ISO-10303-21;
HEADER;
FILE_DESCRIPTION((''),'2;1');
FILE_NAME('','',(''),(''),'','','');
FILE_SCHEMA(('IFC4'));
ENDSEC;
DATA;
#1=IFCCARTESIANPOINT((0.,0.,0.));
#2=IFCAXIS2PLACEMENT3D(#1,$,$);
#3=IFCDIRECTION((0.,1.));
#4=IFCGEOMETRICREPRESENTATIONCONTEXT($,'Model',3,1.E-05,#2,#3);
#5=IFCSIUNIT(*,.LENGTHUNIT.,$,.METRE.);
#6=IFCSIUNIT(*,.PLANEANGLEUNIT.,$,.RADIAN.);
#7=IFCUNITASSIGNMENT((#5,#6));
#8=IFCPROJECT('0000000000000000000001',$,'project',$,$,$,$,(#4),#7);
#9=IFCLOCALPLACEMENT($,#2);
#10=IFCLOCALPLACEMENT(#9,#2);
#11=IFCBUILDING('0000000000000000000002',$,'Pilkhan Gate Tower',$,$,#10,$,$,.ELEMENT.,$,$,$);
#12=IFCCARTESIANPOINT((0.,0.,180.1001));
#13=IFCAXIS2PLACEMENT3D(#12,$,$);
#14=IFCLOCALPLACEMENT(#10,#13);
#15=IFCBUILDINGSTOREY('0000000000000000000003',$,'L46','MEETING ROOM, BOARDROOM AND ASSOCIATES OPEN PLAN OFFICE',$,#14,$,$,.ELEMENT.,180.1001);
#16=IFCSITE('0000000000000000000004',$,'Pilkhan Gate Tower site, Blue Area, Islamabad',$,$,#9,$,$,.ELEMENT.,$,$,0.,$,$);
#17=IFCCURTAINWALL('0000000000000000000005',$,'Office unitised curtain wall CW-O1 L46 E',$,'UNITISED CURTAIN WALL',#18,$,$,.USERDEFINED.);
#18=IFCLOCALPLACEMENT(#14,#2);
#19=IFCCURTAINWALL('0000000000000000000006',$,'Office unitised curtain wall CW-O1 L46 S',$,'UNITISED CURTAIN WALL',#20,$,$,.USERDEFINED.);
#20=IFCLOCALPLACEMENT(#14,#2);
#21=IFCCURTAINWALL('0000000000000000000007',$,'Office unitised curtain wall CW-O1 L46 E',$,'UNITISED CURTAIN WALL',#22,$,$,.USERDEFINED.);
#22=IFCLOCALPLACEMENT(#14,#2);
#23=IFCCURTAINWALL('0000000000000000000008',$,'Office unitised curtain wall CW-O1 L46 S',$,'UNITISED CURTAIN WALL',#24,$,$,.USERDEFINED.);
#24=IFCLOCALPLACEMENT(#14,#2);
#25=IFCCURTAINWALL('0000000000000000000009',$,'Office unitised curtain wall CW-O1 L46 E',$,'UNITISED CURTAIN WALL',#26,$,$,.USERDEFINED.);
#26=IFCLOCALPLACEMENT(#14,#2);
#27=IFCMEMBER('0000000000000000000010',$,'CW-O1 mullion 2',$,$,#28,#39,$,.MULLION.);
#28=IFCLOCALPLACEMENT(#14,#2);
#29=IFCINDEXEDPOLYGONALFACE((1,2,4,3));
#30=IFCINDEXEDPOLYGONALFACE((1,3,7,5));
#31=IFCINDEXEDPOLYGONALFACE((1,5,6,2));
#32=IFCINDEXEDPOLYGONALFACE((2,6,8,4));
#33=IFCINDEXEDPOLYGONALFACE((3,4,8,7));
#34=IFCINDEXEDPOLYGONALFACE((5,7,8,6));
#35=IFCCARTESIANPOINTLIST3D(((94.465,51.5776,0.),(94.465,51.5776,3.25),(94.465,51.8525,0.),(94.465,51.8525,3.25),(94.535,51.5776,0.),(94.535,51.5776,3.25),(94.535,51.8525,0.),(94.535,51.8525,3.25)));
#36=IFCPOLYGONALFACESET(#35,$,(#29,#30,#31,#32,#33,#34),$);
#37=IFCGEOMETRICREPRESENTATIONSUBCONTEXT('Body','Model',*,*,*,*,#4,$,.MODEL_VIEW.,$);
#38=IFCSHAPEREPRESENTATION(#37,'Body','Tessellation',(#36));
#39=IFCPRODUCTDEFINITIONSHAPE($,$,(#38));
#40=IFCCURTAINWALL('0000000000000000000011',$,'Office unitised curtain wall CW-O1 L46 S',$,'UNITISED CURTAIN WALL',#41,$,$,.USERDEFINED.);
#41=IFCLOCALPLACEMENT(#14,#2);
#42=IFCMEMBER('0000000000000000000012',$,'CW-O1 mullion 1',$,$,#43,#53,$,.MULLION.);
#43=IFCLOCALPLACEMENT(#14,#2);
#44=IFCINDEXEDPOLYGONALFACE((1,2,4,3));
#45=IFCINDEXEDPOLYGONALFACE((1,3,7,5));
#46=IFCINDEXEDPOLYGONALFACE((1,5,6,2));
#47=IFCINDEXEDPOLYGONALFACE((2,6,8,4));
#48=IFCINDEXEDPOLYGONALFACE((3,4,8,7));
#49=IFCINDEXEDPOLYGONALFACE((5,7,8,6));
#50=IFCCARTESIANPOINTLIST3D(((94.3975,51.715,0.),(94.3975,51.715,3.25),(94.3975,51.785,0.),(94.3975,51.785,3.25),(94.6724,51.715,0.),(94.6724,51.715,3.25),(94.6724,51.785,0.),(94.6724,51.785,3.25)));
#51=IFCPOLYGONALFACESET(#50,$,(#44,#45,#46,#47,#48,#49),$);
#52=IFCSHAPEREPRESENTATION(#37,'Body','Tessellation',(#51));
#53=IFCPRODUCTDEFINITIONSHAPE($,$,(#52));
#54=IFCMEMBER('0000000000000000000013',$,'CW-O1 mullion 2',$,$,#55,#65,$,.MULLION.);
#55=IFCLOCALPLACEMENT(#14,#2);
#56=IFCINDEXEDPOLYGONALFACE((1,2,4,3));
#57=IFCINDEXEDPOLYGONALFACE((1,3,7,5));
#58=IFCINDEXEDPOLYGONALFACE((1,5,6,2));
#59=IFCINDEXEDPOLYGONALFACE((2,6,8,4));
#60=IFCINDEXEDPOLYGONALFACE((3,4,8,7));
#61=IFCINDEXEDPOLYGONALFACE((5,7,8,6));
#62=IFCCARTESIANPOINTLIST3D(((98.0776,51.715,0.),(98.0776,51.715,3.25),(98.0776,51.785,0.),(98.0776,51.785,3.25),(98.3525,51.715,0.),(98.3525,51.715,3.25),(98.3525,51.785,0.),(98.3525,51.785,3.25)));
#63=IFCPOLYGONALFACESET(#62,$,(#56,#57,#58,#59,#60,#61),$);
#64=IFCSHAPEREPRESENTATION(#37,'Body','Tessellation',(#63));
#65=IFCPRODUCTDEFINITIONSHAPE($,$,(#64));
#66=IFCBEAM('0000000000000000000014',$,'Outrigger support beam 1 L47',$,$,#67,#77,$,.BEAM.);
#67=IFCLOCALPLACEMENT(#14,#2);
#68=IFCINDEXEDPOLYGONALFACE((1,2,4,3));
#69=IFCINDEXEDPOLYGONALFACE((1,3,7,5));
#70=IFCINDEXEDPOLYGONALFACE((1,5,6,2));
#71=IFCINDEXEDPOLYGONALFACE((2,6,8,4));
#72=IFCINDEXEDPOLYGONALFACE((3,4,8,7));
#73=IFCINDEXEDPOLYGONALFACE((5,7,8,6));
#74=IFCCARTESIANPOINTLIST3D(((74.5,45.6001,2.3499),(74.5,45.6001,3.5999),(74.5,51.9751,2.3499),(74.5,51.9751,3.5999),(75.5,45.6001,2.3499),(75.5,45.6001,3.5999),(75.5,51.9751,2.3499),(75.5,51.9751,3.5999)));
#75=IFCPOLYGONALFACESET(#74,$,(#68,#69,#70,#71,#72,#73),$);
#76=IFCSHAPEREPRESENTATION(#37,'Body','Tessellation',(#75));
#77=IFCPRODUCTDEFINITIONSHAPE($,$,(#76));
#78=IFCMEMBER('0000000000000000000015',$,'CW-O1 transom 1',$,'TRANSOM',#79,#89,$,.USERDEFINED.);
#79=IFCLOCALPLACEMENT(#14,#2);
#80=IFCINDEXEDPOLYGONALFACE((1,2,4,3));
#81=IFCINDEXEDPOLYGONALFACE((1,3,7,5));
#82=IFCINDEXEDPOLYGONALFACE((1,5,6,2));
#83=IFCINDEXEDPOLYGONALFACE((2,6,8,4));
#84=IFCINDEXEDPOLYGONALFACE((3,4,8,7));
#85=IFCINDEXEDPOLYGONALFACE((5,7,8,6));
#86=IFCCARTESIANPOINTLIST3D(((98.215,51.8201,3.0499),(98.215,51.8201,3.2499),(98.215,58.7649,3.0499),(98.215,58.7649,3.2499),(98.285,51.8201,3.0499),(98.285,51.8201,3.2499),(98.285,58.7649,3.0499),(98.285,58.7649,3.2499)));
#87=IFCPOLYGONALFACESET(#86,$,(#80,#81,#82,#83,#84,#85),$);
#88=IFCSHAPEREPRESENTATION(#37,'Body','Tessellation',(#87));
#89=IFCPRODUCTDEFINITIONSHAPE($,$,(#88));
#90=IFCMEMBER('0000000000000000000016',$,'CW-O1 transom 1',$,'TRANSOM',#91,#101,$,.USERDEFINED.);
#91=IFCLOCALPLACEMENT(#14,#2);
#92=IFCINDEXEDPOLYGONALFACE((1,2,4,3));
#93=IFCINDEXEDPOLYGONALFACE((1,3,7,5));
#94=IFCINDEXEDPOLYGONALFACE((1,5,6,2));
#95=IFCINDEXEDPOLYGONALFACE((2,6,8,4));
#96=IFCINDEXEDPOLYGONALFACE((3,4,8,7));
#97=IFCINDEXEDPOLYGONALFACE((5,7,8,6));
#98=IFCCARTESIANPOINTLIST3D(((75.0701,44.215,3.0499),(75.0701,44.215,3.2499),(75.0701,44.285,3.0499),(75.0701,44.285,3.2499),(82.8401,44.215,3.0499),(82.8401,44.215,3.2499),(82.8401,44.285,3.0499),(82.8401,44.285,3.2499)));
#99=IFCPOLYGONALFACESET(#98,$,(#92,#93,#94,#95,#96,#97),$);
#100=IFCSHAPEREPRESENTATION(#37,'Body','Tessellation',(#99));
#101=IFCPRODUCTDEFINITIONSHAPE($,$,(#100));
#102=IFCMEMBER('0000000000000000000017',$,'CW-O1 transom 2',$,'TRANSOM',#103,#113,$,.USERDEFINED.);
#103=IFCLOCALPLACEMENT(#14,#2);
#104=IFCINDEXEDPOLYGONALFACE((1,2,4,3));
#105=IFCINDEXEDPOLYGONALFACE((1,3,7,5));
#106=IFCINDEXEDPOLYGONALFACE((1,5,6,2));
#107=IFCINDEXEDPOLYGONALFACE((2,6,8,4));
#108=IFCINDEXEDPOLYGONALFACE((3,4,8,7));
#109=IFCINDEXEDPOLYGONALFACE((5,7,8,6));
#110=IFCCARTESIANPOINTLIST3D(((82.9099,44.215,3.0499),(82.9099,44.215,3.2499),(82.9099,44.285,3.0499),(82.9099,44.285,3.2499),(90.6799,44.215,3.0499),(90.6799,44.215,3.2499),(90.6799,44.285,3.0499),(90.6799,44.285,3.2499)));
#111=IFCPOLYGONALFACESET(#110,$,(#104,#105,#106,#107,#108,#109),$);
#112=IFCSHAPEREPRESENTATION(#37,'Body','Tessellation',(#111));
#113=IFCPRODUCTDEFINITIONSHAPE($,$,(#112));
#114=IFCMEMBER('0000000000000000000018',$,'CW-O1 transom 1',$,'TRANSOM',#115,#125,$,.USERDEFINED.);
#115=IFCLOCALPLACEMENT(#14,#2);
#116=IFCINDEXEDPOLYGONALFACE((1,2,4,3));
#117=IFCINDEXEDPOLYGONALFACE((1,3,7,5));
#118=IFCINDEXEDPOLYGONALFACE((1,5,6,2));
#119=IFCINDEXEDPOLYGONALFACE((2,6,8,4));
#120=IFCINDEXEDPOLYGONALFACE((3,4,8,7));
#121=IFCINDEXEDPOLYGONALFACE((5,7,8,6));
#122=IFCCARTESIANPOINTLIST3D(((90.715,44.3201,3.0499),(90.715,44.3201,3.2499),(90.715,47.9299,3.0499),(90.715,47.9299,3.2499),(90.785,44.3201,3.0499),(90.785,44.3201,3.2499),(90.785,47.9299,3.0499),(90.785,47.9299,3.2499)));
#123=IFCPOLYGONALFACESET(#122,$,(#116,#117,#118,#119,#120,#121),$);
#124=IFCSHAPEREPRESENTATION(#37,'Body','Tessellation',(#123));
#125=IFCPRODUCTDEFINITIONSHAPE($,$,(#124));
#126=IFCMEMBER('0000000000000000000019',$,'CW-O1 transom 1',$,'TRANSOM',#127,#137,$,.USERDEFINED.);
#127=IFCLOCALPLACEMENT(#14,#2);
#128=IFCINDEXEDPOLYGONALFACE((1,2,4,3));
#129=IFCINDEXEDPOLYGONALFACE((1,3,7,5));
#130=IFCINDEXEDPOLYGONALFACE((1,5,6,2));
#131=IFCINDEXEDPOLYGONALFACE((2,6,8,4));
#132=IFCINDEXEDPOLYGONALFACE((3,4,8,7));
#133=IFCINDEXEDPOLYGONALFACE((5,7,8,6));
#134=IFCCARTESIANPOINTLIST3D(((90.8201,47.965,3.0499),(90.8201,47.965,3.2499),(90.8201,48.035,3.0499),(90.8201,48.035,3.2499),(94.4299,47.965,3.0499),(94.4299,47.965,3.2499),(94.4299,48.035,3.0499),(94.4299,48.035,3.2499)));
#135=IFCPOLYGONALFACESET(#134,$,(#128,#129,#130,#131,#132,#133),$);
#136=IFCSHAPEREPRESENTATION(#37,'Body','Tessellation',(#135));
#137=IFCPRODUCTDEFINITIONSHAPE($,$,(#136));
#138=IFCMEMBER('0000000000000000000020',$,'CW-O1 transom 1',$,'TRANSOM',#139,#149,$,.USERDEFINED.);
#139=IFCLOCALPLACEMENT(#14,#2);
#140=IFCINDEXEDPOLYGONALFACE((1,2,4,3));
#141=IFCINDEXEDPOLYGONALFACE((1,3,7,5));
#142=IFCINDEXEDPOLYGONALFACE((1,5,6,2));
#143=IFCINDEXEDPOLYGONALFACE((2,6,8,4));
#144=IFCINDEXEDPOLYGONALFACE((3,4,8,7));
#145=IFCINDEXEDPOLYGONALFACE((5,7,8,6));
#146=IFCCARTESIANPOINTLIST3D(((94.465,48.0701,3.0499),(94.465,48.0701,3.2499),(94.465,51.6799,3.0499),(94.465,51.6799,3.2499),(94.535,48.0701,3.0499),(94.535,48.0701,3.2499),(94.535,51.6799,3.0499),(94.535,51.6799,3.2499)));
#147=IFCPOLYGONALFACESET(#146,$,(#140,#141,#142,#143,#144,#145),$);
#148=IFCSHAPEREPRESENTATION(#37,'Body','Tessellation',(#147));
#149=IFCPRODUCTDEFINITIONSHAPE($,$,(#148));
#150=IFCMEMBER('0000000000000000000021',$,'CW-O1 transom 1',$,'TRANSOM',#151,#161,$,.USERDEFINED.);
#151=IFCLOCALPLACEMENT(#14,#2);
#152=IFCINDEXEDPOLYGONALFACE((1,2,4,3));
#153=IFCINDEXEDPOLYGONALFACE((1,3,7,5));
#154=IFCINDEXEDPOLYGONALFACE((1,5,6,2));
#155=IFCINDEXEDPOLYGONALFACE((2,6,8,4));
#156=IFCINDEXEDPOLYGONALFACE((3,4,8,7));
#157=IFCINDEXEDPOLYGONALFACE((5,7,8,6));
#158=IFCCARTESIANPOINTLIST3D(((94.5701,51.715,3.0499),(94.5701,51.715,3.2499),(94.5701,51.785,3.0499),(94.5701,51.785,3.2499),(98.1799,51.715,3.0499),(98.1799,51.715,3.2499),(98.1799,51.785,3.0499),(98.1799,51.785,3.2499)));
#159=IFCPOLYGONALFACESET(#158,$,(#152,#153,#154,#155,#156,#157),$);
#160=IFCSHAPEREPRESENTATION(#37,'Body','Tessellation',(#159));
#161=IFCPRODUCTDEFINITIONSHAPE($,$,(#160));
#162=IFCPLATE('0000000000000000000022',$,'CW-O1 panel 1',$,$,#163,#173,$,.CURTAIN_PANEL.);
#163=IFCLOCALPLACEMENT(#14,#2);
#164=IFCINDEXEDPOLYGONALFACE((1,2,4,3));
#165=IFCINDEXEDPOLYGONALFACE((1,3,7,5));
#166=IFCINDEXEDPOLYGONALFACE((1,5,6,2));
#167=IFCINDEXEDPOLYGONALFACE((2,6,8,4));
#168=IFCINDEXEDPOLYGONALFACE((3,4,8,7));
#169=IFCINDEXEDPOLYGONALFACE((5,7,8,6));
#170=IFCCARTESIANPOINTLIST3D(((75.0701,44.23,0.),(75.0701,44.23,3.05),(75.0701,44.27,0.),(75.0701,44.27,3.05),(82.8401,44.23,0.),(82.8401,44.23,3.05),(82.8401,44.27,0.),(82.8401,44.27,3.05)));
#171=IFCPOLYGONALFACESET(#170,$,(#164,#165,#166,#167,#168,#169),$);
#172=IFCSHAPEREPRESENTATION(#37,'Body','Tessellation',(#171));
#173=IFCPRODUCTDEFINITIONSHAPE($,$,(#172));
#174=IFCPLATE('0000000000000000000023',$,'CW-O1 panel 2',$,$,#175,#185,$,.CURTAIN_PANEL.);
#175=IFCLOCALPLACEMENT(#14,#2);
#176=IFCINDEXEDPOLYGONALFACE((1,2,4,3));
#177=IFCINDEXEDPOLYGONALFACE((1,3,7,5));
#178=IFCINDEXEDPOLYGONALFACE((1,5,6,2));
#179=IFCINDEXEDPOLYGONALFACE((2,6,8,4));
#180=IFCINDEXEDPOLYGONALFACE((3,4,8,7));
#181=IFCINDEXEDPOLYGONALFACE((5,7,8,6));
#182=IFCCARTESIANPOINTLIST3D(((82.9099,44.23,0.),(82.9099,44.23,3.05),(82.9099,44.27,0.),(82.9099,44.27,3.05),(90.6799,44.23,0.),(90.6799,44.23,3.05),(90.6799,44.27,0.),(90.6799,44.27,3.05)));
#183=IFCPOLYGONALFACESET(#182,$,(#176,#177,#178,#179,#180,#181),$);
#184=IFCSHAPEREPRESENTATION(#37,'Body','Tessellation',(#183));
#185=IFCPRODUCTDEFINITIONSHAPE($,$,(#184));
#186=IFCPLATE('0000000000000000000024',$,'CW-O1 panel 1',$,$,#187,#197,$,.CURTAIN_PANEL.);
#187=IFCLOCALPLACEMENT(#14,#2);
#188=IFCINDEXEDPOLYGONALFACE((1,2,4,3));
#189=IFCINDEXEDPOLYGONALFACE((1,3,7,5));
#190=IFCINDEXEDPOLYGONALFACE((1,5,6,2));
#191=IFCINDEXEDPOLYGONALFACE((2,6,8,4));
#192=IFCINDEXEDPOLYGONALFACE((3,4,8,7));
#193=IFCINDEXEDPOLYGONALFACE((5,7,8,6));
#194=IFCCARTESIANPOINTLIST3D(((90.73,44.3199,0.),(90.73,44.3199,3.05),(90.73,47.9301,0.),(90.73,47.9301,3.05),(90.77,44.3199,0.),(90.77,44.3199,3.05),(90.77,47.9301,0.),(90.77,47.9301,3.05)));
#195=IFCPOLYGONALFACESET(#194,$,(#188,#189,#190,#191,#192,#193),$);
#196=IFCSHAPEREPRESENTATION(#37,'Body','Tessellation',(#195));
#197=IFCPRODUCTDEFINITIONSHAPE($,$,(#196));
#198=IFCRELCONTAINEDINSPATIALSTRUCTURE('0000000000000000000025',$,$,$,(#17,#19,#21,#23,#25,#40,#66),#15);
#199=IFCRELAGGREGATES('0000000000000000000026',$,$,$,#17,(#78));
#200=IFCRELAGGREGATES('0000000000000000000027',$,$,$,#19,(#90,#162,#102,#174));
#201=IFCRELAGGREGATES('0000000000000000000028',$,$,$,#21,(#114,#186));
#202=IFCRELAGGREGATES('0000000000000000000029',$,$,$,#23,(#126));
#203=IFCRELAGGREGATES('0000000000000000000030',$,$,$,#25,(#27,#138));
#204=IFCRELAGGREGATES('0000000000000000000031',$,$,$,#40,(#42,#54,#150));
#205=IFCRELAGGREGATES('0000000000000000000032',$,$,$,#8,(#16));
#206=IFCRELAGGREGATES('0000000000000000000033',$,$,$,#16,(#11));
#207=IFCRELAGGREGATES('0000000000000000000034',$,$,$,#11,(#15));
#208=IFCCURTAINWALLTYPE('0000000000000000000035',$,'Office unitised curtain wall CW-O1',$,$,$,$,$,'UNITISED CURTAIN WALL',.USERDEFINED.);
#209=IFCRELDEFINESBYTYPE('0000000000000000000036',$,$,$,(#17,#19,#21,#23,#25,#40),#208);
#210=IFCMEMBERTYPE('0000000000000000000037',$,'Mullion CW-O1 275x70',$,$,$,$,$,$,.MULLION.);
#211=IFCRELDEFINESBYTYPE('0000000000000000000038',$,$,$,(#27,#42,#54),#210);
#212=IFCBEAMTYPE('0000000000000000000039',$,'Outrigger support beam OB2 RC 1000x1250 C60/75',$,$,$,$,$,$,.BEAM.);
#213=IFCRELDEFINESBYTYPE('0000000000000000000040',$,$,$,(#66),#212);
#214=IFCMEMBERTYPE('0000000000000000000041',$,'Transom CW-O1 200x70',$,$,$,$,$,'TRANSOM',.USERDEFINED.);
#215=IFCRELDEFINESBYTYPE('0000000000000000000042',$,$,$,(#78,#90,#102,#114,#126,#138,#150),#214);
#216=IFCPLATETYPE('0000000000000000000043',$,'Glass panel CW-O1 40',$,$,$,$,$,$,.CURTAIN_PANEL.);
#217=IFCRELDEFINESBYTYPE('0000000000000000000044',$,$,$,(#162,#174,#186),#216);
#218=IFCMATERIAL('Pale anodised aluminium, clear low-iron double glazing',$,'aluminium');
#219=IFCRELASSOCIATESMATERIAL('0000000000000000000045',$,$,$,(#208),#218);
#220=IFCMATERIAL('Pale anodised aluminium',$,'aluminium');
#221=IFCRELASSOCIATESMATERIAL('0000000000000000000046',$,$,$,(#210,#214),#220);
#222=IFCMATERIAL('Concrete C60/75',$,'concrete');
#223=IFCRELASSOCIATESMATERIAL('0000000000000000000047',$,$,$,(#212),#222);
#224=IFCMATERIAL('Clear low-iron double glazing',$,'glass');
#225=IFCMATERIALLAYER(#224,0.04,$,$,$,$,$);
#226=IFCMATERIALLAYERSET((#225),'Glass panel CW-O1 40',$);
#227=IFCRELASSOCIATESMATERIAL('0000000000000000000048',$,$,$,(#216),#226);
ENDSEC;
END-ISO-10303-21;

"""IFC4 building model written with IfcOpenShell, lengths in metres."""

from ifc_helpers import new_model, si_unit, direction, frame, origin, origin_2d, place, context, subcontext, project, spatial, rectangle, extrude, material, layer, layer_set, material_profile, profile_set, type_object, element, aggregate, save


model = new_model("IFC4")

# Units and contexts
model_context = context("Model", 3, precision=1e-05, world=origin(), true_north=direction((0.0, 1.0)))
body_context = subcontext(model_context, "Body", "Model", "MODEL_VIEW")
ifc_project = project(units=[si_unit("LENGTHUNIT", "METRE"), si_unit("PLANEANGLEUNIT", "RADIAN")], contexts=[model_context])

# Site, building, storey
site_placement = place(None, origin())
site = spatial("IfcSite", under=ifc_project, at=site_placement, Name="Pilkhan Gate Tower site, Blue Area, Islamabad", CompositionType="ELEMENT", RefElevation=0.0)
building_placement = place(site_placement, origin())
building = spatial("IfcBuilding", under=site, at=building_placement, Name="Pilkhan Gate Tower", CompositionType="ELEMENT")
storey_placement = place(building_placement, frame((0.0, 0.0, 180.1001)))
storey = spatial("IfcBuildingStorey", under=building, at=storey_placement, Name="L46", Description="MEETING ROOM, BOARDROOM AND ASSOCIATES OPEN PLAN OFFICE", CompositionType="ELEMENT", Elevation=180.1001)

# Shared definitions
ifc_material_1 = material(Name="Concrete C60/75", Category="concrete")

# Curtain wall
ifc_material_2 = material(Name="Pale anodised aluminium, clear low-iron double glazing", Category="aluminium")
curtain_wall_type = type_object("IfcCurtainWallType", Name="Office unitised curtain wall CW-O1", ElementType="UNITISED CURTAIN WALL", PredefinedType="USERDEFINED", material=ifc_material_2)
curtain_wall_1_placement = place(storey_placement, origin())
curtain_wall_1 = element("IfcCurtainWall", 1, at=curtain_wall_1_placement, inside=storey, type_object=curtain_wall_type, Name="Office unitised curtain wall CW-O1 L46 E", ObjectType="UNITISED CURTAIN WALL", PredefinedType="USERDEFINED")
ifc_material_3 = material(Name="Pale anodised aluminium", Category="aluminium")
ifc_material_profile_1 = material_profile(ifc_material_3, rectangle(XDim=0.0701, YDim=0.2749, at=origin_2d()), Name="Mullion 275x70")
ifc_profile_set_1 = profile_set([ifc_material_profile_1], Name="Pale anodised aluminium")
member_type_1 = type_object("IfcMemberType", Name="Mullion CW-O1 275x70", PredefinedType="MULLION", material=ifc_profile_set_1)

# Curtain walls, members
curtain_wall_2_placement = place(storey_placement, origin())
curtain_wall_2 = element("IfcCurtainWall", 2, at=curtain_wall_2_placement, inside=storey, type_object=curtain_wall_type, Name="Office unitised curtain wall CW-O1 L46 S", ObjectType="UNITISED CURTAIN WALL", PredefinedType="USERDEFINED")
curtain_wall_3_placement = place(storey_placement, origin())
curtain_wall_3 = element("IfcCurtainWall", 3, at=curtain_wall_3_placement, inside=storey, type_object=curtain_wall_type, Name="Office unitised curtain wall CW-O1 L46 E", ObjectType="UNITISED CURTAIN WALL", PredefinedType="USERDEFINED")
curtain_wall_4_placement = place(storey_placement, origin())
curtain_wall_4 = element("IfcCurtainWall", 4, at=curtain_wall_4_placement, inside=storey, type_object=curtain_wall_type, Name="Office unitised curtain wall CW-O1 L46 S", ObjectType="UNITISED CURTAIN WALL", PredefinedType="USERDEFINED")
curtain_wall_5_placement = place(storey_placement, origin())
curtain_wall_5 = element("IfcCurtainWall", 5, at=curtain_wall_5_placement, inside=storey, type_object=curtain_wall_type, Name="Office unitised curtain wall CW-O1 L46 E", ObjectType="UNITISED CURTAIN WALL", PredefinedType="USERDEFINED")
member_1_placement = place(storey_placement, frame((94.5, 51.7151, 0.0), z_axis=(0.0, 0.0, 1.0), x_axis=(-1.0, 0.0, 0.0)))
member_1 = element("IfcMember", 6, at=member_1_placement, type_object=member_type_1, Name="CW-O1 mullion 2", PredefinedType="MULLION", context=body_context, shape_type="SweptSolid", body=[
    extrude(rectangle(XDim=0.0701, YDim=0.2749, at=origin_2d()), origin(), (0.0, 0.0, 1.0), 3.25),
])
curtain_wall_6_placement = place(storey_placement, origin())
curtain_wall_6 = element("IfcCurtainWall", 7, at=curtain_wall_6_placement, inside=storey, type_object=curtain_wall_type, Name="Office unitised curtain wall CW-O1 L46 S", ObjectType="UNITISED CURTAIN WALL", PredefinedType="USERDEFINED")
member_2_placement = place(storey_placement, frame((94.5349, 51.75, 0.0), z_axis=(0.0, 0.0, 1.0), x_axis=(0.0, 1.0, 0.0)))
member_2 = element("IfcMember", 8, at=member_2_placement, type_object=member_type_1, Name="CW-O1 mullion 1", PredefinedType="MULLION", context=body_context, shape_type="SweptSolid", body=[
    extrude(rectangle(XDim=0.0701, YDim=0.2749, at=origin_2d()), origin(), (0.0, 0.0, 1.0), 3.25),
])
member_3_placement = place(storey_placement, frame((98.2151, 51.75, 0.0), z_axis=(0.0, 0.0, 1.0), x_axis=(0.0, 1.0, 0.0)))
member_3 = element("IfcMember", 9, at=member_3_placement, type_object=member_type_1, Name="CW-O1 mullion 2", PredefinedType="MULLION", context=body_context, shape_type="SweptSolid", body=[
    extrude(rectangle(XDim=0.0701, YDim=0.2749, at=origin_2d()), origin(), (0.0, 0.0, 1.0), 3.25),
])

# Beam
ifc_material_profile_2 = material_profile(ifc_material_1, rectangle(XDim=1.0, YDim=1.25, at=origin_2d()), Name="RC 1000x1250")
ifc_profile_set_2 = profile_set([ifc_material_profile_2], Name="Concrete C60/75")
beam_type = type_object("IfcBeamType", Name="Outrigger support beam OB2 RC 1000x1250 C60/75", PredefinedType="BEAM", material=ifc_profile_set_2)
beam_placement = place(storey_placement, frame((75.0, 45.6001, 2.9749), z_axis=(0.0, 1.0, 0.0), x_axis=(-1.0, 0.0, 0.0)))
element("IfcBeam", 10, at=beam_placement, inside=storey, type_object=beam_type, Name="Outrigger support beam 1 L47", PredefinedType="BEAM", context=body_context, shape_type="SweptSolid", body=[
    extrude(rectangle(XDim=1.0, YDim=1.25, at=origin_2d()), origin(), (0.0, 0.0, 1.0), 6.375),
])

# Members
ifc_material_profile_3 = material_profile(ifc_material_3, rectangle(XDim=0.0701, YDim=0.2, at=origin_2d()), Name="Transom 200x70")
ifc_profile_set_3 = profile_set([ifc_material_profile_3], Name="Pale anodised aluminium")
member_type_2 = type_object("IfcMemberType", Name="Transom CW-O1 200x70", ElementType="TRANSOM", PredefinedType="USERDEFINED", material=ifc_profile_set_3)
member_4_placement = place(storey_placement, frame((98.25, 51.8201, 3.1499), z_axis=(0.0, 1.0, 0.0), x_axis=(-1.0, 0.0, 0.0)))
member_4 = element("IfcMember", 11, at=member_4_placement, type_object=member_type_2, Name="CW-O1 transom 1", ObjectType="TRANSOM", PredefinedType="USERDEFINED", context=body_context, shape_type="SweptSolid", body=[
    extrude(rectangle(XDim=0.0701, YDim=0.2, at=origin_2d()), origin(), (0.0, 0.0, 1.0), 6.9448),
])
aggregate(curtain_wall_1, [member_4])
member_5_placement = place(storey_placement, frame((75.0701, 44.25, 3.1499), z_axis=(1.0, 0.0, 0.0), x_axis=(0.0, 1.0, 0.0)))
member_5 = element("IfcMember", 12, at=member_5_placement, type_object=member_type_2, Name="CW-O1 transom 1", ObjectType="TRANSOM", PredefinedType="USERDEFINED", context=body_context, shape_type="SweptSolid", body=[
    extrude(rectangle(XDim=0.0701, YDim=0.2, at=origin_2d()), origin(), (0.0, 0.0, 1.0), 7.77),
])
member_6_placement = place(storey_placement, frame((82.9099, 44.25, 3.1499), z_axis=(1.0, 0.0, 0.0), x_axis=(0.0, 1.0, 0.0)))
member_6 = element("IfcMember", 13, at=member_6_placement, type_object=member_type_2, Name="CW-O1 transom 2", ObjectType="TRANSOM", PredefinedType="USERDEFINED", context=body_context, shape_type="SweptSolid", body=[
    extrude(rectangle(XDim=0.0701, YDim=0.2, at=origin_2d()), origin(), (0.0, 0.0, 1.0), 7.77),
])
member_7_placement = place(storey_placement, frame((90.75, 44.3201, 3.1499), z_axis=(0.0, 1.0, 0.0), x_axis=(-1.0, 0.0, 0.0)))
member_7 = element("IfcMember", 14, at=member_7_placement, type_object=member_type_2, Name="CW-O1 transom 1", ObjectType="TRANSOM", PredefinedType="USERDEFINED", context=body_context, shape_type="SweptSolid", body=[
    extrude(rectangle(XDim=0.0701, YDim=0.2, at=origin_2d()), origin(), (0.0, 0.0, 1.0), 3.6099),
])
member_8_placement = place(storey_placement, frame((90.8201, 48.0, 3.1499), z_axis=(1.0, 0.0, 0.0), x_axis=(0.0, 1.0, 0.0)))
member_8 = element("IfcMember", 15, at=member_8_placement, type_object=member_type_2, Name="CW-O1 transom 1", ObjectType="TRANSOM", PredefinedType="USERDEFINED", context=body_context, shape_type="SweptSolid", body=[
    extrude(rectangle(XDim=0.0701, YDim=0.2, at=origin_2d()), origin(), (0.0, 0.0, 1.0), 3.6099),
])
member_9_placement = place(storey_placement, frame((94.5, 48.0701, 3.1499), z_axis=(0.0, 1.0, 0.0), x_axis=(-1.0, 0.0, 0.0)))
member_9 = element("IfcMember", 16, at=member_9_placement, type_object=member_type_2, Name="CW-O1 transom 1", ObjectType="TRANSOM", PredefinedType="USERDEFINED", context=body_context, shape_type="SweptSolid", body=[
    extrude(rectangle(XDim=0.0701, YDim=0.2, at=origin_2d()), origin(), (0.0, 0.0, 1.0), 3.6099),
])
member_10_placement = place(storey_placement, frame((94.5701, 51.75, 3.1499), z_axis=(1.0, 0.0, 0.0), x_axis=(0.0, 1.0, 0.0)))
member_10 = element("IfcMember", 17, at=member_10_placement, type_object=member_type_2, Name="CW-O1 transom 1", ObjectType="TRANSOM", PredefinedType="USERDEFINED", context=body_context, shape_type="SweptSolid", body=[
    extrude(rectangle(XDim=0.0701, YDim=0.2, at=origin_2d()), origin(), (0.0, 0.0, 1.0), 3.6099),
])

# Plates
ifc_material_4 = material(Name="Clear low-iron double glazing", Category="glass")
ifc_layer_1 = layer(ifc_material_4, 0.04)
ifc_layer_set_1 = layer_set([ifc_layer_1], Name="Glass panel CW-O1 40")
plate_type = type_object("IfcPlateType", Name="Glass panel CW-O1 40", PredefinedType="CURTAIN_PANEL", material=ifc_layer_set_1)
plate_1_placement = place(storey_placement, frame((78.9551, 44.25, 0.0), z_axis=(0.0, 0.0, 1.0), x_axis=(1.0, 0.0, 0.0)))
plate_1 = element("IfcPlate", 18, at=plate_1_placement, type_object=plate_type, Name="CW-O1 panel 1", PredefinedType="CURTAIN_PANEL", context=body_context, shape_type="SweptSolid", body=[
    extrude(rectangle(XDim=7.77, YDim=0.04, at=origin_2d()), origin(), (0.0, 0.0, 1.0), 3.05),
])
plate_2_placement = place(storey_placement, frame((86.7949, 44.25, 0.0), z_axis=(0.0, 0.0, 1.0), x_axis=(1.0, 0.0, 0.0)))
plate_2 = element("IfcPlate", 19, at=plate_2_placement, type_object=plate_type, Name="CW-O1 panel 2", PredefinedType="CURTAIN_PANEL", context=body_context, shape_type="SweptSolid", body=[
    extrude(rectangle(XDim=7.77, YDim=0.04, at=origin_2d()), origin(), (0.0, 0.0, 1.0), 3.05),
])
aggregate(curtain_wall_2, [member_5, plate_1, member_6, plate_2])
plate_3_placement = place(storey_placement, frame((90.75, 46.125, 0.0), z_axis=(0.0, 0.0, 1.0), x_axis=(0.0, 1.0, 0.0)))
plate_3 = element("IfcPlate", 20, at=plate_3_placement, type_object=plate_type, Name="CW-O1 panel 1", PredefinedType="CURTAIN_PANEL", context=body_context, shape_type="SweptSolid", body=[
    extrude(rectangle(XDim=3.6101, YDim=0.04, at=origin_2d()), origin(), (0.0, 0.0, 1.0), 3.05),
])
aggregate(curtain_wall_3, [member_7, plate_3])
aggregate(curtain_wall_4, [member_8])
aggregate(curtain_wall_5, [member_1, member_9])
aggregate(curtain_wall_6, [member_2, member_3, member_10])

save(model, "model.ifc")
